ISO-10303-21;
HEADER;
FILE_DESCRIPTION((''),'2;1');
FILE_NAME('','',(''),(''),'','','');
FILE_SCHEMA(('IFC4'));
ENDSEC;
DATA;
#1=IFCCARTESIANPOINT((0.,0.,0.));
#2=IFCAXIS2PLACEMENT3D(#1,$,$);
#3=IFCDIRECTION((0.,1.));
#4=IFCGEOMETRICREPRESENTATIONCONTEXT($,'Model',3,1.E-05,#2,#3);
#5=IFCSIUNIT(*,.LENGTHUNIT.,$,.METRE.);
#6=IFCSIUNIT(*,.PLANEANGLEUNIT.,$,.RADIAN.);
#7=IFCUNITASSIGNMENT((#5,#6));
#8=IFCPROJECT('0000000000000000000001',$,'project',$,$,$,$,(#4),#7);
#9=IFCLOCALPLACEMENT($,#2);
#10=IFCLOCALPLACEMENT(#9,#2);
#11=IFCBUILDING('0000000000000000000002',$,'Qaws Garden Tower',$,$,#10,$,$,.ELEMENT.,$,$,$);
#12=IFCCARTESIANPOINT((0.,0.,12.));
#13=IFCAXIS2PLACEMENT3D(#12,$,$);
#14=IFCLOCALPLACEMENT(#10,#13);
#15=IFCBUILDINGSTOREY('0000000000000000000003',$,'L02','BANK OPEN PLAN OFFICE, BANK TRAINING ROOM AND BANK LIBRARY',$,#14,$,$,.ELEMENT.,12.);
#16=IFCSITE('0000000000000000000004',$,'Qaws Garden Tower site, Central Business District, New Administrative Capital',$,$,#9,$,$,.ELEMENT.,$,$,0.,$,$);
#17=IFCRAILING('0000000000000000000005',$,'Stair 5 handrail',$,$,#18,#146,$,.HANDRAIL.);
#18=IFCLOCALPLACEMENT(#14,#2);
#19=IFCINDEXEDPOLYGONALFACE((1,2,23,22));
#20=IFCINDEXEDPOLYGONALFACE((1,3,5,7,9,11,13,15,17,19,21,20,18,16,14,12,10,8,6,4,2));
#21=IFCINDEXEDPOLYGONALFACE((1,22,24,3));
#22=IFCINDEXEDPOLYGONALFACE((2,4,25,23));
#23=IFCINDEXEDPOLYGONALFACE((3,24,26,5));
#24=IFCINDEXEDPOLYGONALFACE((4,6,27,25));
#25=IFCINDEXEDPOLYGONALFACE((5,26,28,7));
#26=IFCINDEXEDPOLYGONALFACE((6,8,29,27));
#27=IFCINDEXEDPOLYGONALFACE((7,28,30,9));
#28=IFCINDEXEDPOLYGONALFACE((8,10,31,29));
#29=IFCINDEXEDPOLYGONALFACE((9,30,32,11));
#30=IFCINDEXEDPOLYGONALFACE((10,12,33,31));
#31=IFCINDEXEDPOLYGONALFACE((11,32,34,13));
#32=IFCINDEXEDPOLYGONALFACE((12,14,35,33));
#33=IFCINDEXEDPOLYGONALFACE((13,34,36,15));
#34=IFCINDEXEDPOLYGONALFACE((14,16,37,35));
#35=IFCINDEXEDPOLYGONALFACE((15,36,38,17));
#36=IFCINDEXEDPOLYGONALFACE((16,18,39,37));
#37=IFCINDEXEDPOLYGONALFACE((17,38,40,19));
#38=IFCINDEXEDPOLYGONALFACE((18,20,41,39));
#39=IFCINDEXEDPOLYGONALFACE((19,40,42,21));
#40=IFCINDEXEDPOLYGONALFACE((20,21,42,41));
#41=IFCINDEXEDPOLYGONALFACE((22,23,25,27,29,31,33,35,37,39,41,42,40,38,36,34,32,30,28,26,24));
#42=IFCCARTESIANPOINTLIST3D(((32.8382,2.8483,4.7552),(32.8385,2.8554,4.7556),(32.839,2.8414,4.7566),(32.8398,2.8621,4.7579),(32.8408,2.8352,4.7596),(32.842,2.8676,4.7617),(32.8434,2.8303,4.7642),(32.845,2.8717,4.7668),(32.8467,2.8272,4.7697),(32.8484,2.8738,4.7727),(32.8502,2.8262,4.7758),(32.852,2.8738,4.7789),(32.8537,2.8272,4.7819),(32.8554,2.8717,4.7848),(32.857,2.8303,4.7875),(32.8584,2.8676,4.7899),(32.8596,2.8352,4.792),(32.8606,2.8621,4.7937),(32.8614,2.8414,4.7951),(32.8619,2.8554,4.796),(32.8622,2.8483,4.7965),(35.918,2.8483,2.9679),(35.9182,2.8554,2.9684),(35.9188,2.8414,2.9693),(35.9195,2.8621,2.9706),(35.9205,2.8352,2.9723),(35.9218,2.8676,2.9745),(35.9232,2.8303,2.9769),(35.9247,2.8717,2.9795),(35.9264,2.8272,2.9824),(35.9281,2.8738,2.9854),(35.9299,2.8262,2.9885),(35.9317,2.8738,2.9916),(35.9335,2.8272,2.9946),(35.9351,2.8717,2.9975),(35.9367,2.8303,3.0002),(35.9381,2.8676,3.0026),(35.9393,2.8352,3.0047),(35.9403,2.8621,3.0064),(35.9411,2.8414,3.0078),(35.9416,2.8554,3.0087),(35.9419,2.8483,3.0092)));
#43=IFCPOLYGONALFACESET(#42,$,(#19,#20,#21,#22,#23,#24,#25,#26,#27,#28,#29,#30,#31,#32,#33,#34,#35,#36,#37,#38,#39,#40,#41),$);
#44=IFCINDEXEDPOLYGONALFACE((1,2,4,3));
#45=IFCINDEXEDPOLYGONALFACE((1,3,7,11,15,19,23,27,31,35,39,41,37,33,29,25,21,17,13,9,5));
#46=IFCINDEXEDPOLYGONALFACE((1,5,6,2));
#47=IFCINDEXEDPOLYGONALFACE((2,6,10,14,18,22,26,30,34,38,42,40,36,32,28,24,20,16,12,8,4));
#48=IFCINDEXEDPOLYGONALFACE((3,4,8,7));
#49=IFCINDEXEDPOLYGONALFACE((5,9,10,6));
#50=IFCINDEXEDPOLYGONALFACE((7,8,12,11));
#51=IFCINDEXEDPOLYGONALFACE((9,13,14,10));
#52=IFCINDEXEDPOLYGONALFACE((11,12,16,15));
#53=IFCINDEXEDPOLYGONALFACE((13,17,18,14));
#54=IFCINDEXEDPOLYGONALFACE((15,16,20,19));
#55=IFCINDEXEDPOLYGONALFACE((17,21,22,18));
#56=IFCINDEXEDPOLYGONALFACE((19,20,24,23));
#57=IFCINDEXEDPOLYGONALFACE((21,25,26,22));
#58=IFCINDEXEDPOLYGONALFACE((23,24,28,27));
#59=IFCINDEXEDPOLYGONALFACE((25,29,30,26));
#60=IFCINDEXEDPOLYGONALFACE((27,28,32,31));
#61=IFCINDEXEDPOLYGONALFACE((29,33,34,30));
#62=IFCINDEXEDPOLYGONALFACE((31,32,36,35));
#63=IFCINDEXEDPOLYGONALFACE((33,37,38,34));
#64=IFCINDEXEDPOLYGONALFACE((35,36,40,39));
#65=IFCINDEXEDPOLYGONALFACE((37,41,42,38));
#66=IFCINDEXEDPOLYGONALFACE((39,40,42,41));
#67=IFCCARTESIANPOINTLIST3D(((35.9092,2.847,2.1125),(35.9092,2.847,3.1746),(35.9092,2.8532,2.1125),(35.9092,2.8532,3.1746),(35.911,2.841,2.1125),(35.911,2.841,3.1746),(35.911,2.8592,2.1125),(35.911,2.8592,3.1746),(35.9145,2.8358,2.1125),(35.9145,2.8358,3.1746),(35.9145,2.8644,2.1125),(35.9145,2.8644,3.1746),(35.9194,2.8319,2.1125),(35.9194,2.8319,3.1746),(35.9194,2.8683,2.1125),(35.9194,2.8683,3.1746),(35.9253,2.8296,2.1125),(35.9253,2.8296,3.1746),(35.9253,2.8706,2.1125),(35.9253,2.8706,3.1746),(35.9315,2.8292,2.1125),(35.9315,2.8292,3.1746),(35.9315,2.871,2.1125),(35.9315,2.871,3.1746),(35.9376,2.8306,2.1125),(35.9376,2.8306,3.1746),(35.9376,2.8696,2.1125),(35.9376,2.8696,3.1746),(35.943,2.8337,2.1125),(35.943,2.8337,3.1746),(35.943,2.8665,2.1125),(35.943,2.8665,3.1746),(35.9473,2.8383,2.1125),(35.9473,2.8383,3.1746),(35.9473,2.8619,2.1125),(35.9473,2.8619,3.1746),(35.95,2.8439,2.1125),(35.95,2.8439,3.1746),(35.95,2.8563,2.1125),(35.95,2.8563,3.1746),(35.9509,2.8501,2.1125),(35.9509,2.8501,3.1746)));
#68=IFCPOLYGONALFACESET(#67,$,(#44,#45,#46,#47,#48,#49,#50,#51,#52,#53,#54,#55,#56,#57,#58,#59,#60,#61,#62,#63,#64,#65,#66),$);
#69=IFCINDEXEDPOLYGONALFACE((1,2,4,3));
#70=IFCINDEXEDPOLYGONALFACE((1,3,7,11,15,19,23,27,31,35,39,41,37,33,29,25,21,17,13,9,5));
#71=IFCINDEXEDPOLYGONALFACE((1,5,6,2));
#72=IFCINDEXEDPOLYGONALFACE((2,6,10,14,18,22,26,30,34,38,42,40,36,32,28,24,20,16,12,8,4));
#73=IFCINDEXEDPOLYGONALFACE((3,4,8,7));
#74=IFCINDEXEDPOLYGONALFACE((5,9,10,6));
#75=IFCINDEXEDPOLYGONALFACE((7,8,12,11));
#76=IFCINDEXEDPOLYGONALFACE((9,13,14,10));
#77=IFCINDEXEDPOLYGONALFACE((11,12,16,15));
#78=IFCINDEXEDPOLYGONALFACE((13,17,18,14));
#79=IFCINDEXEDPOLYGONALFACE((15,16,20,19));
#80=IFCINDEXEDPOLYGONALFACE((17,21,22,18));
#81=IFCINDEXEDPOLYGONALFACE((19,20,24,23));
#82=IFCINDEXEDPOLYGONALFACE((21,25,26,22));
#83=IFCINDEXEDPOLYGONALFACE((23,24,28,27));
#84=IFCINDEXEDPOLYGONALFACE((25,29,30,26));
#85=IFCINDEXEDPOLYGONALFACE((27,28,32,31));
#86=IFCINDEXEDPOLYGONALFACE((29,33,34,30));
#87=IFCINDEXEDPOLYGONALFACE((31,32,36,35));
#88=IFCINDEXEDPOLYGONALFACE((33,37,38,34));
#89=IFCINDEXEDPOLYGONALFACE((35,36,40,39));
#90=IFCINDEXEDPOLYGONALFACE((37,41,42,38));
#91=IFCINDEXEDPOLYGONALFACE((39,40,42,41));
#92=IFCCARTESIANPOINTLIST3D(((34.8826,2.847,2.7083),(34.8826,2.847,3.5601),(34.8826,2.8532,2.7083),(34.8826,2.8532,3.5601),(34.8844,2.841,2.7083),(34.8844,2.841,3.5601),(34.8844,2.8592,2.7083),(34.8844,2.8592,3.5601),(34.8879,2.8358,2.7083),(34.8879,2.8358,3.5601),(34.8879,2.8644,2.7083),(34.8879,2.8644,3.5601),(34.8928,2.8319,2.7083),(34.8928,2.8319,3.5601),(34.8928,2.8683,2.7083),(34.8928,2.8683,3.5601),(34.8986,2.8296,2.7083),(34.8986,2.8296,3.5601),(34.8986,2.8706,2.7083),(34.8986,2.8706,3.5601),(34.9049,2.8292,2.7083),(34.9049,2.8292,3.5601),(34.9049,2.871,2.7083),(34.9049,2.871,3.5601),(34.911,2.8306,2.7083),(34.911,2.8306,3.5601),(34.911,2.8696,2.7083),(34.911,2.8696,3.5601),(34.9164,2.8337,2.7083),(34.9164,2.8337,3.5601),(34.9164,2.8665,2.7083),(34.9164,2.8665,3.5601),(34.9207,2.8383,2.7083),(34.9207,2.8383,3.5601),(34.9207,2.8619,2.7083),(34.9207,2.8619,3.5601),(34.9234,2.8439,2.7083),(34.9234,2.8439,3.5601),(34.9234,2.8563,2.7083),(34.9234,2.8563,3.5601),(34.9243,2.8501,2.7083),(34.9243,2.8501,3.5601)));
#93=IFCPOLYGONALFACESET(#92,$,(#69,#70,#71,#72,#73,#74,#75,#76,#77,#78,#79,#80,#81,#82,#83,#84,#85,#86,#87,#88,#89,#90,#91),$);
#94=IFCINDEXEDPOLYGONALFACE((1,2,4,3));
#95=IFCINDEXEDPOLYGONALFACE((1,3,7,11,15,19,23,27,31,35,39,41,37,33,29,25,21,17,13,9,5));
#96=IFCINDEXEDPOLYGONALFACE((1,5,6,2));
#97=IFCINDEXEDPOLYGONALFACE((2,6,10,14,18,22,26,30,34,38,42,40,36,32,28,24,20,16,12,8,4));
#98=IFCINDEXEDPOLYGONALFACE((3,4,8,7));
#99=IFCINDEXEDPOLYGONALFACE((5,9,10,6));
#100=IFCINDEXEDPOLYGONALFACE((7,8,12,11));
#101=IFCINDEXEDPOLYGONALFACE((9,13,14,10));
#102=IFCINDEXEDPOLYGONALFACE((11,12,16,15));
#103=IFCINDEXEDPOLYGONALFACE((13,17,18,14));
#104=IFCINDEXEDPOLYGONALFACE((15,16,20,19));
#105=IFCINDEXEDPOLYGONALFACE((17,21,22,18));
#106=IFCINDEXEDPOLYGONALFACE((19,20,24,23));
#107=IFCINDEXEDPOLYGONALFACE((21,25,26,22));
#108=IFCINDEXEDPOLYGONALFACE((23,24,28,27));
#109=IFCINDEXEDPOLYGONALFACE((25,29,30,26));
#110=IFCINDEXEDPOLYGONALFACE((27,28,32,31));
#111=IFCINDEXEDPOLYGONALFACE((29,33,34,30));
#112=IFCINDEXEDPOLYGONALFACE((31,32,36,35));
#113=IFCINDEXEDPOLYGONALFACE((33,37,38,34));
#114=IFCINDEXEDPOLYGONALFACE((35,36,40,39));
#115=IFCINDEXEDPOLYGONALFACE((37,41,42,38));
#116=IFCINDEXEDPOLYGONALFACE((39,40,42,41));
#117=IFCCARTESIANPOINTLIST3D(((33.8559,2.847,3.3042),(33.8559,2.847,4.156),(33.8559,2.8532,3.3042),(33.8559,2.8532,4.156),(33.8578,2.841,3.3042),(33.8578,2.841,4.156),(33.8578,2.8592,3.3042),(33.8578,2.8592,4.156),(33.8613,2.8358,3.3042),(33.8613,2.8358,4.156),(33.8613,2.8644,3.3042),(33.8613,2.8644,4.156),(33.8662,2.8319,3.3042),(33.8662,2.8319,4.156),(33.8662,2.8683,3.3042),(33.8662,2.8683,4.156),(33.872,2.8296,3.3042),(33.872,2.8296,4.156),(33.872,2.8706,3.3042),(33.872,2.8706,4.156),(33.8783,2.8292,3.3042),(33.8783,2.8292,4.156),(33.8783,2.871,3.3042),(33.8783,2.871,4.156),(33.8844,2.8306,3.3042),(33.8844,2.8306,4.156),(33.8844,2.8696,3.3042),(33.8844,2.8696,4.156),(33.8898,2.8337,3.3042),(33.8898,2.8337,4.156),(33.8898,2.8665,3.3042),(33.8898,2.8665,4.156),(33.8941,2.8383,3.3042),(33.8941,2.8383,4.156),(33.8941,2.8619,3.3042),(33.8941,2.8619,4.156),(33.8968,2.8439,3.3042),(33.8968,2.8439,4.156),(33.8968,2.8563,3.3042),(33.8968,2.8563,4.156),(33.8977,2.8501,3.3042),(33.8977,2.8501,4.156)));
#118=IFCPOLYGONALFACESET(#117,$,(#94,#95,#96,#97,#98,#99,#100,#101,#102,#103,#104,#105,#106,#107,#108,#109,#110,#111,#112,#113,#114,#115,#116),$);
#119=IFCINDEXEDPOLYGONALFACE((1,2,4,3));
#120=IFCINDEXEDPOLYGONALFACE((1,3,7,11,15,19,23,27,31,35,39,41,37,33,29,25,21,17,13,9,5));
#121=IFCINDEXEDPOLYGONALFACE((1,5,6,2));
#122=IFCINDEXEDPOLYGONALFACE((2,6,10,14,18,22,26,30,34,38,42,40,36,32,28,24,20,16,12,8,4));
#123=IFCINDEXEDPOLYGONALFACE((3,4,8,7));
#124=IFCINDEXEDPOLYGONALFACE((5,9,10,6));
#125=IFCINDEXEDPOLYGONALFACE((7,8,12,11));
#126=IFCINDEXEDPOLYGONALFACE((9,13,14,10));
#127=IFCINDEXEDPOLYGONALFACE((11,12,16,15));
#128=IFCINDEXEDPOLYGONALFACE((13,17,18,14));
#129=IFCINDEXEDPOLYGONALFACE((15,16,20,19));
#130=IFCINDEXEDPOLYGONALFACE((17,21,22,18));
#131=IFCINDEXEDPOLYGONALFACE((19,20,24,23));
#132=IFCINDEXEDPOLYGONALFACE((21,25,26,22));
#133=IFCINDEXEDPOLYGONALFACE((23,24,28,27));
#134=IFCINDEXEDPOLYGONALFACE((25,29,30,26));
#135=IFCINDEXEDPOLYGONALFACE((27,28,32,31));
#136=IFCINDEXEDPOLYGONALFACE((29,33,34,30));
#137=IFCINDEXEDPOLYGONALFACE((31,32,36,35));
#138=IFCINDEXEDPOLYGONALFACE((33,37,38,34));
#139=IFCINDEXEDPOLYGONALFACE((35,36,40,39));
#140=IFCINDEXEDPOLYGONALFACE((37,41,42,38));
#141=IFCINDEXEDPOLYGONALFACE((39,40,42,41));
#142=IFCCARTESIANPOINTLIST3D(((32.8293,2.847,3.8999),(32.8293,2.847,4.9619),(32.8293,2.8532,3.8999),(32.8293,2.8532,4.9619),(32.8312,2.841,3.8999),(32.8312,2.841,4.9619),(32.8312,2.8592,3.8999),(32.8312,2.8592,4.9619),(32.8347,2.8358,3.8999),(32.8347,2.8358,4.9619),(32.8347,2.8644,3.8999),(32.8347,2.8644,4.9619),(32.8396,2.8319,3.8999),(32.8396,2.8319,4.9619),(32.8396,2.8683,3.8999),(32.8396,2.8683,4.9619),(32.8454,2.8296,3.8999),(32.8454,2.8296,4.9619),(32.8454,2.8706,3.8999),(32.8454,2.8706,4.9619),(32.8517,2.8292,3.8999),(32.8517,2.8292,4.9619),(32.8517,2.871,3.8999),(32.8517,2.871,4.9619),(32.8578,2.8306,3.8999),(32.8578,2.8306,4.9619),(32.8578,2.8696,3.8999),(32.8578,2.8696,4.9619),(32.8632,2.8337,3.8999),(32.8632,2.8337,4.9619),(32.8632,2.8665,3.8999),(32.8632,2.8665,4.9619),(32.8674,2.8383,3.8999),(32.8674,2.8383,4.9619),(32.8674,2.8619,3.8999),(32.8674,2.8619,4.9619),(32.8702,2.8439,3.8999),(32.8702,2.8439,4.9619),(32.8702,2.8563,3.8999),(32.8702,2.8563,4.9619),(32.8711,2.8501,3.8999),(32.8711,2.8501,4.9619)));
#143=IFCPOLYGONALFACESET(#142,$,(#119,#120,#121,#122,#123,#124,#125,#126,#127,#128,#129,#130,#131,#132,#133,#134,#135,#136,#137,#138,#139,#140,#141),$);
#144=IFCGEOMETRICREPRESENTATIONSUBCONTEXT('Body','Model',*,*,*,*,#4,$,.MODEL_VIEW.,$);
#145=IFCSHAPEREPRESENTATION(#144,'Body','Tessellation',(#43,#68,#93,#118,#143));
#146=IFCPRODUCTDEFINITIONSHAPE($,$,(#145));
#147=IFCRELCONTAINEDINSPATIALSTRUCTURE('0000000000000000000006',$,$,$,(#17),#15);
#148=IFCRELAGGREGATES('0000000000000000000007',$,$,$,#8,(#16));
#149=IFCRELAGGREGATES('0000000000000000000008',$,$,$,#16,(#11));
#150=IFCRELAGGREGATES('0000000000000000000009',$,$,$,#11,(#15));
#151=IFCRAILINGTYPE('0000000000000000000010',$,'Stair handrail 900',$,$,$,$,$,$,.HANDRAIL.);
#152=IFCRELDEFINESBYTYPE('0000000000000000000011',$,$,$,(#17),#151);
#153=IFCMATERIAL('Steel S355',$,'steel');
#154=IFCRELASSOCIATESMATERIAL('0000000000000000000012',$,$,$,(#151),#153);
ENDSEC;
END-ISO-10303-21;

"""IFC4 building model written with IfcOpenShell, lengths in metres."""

from ifc_helpers import new_model, si_unit, direction, frame, origin, origin_2d, place, context, subcontext, project, spatial, circle, extrude, material, type_object, element, save


model = new_model("IFC4")

# Units and contexts
model_context = context("Model", 3, precision=1e-05, world=origin(), true_north=direction((0.0, 1.0)))
body_context = subcontext(model_context, "Body", "Model", "MODEL_VIEW")
ifc_project = project(units=[si_unit("LENGTHUNIT", "METRE"), si_unit("PLANEANGLEUNIT", "RADIAN")], contexts=[model_context])

# Site, building, storey
site_placement = place(None, origin())
site = spatial("IfcSite", under=ifc_project, at=site_placement, Name="Qaws Garden Tower site, Central Business District, New Administrative Capital", CompositionType="ELEMENT", RefElevation=0.0)
building_placement = place(site_placement, origin())
building = spatial("IfcBuilding", under=site, at=building_placement, Name="Qaws Garden Tower", CompositionType="ELEMENT")
storey_placement = place(building_placement, frame((0.0, 0.0, 12.0)))
storey = spatial("IfcBuildingStorey", under=building, at=storey_placement, Name="L02", Description="BANK OPEN PLAN OFFICE, BANK TRAINING ROOM AND BANK LIBRARY", CompositionType="ELEMENT", Elevation=12.0)

# Railing
ifc_material_1 = material(Name="Steel S355", Category="steel")
railing_type = type_object("IfcRailingType", Name="Stair handrail 900", PredefinedType="HANDRAIL", material=ifc_material_1)
railing_1_placement = place(storey_placement, frame((35.9299, 2.8501, 2.1125)))
element("IfcRailing", 1, at=railing_1_placement, inside=storey, type_object=railing_type, Name="Stair 5 handrail", PredefinedType="HANDRAIL", context=body_context, shape_type="SweptSolid", body=[
    extrude(circle(Radius=0.0239, at=origin_2d()), frame((0.0, 0.0, 0.876), z_axis=(-0.864903, 0.0, 0.501939), x_axis=(0.0, -1.0, 0.0)), (0.0, 0.0, 1.0), 3.5608),
    extrude(circle(Radius=0.021, at=origin_2d()), origin(), (0.0, 0.0, 1.0), 1.062),
    extrude(circle(Radius=0.021, at=origin_2d()), frame((-1.0266, 0.0, 0.5957)), (0.0, 0.0, 1.0), 0.8518),
    extrude(circle(Radius=0.021, at=origin_2d()), frame((-2.0532, 0.0, 1.1917)), (0.0, 0.0, 1.0), 0.8518),
    extrude(circle(Radius=0.021, at=origin_2d()), frame((-3.0798, 0.0, 1.7874)), (0.0, 0.0, 1.0), 1.062),
])

save(model, "model.ifc")
